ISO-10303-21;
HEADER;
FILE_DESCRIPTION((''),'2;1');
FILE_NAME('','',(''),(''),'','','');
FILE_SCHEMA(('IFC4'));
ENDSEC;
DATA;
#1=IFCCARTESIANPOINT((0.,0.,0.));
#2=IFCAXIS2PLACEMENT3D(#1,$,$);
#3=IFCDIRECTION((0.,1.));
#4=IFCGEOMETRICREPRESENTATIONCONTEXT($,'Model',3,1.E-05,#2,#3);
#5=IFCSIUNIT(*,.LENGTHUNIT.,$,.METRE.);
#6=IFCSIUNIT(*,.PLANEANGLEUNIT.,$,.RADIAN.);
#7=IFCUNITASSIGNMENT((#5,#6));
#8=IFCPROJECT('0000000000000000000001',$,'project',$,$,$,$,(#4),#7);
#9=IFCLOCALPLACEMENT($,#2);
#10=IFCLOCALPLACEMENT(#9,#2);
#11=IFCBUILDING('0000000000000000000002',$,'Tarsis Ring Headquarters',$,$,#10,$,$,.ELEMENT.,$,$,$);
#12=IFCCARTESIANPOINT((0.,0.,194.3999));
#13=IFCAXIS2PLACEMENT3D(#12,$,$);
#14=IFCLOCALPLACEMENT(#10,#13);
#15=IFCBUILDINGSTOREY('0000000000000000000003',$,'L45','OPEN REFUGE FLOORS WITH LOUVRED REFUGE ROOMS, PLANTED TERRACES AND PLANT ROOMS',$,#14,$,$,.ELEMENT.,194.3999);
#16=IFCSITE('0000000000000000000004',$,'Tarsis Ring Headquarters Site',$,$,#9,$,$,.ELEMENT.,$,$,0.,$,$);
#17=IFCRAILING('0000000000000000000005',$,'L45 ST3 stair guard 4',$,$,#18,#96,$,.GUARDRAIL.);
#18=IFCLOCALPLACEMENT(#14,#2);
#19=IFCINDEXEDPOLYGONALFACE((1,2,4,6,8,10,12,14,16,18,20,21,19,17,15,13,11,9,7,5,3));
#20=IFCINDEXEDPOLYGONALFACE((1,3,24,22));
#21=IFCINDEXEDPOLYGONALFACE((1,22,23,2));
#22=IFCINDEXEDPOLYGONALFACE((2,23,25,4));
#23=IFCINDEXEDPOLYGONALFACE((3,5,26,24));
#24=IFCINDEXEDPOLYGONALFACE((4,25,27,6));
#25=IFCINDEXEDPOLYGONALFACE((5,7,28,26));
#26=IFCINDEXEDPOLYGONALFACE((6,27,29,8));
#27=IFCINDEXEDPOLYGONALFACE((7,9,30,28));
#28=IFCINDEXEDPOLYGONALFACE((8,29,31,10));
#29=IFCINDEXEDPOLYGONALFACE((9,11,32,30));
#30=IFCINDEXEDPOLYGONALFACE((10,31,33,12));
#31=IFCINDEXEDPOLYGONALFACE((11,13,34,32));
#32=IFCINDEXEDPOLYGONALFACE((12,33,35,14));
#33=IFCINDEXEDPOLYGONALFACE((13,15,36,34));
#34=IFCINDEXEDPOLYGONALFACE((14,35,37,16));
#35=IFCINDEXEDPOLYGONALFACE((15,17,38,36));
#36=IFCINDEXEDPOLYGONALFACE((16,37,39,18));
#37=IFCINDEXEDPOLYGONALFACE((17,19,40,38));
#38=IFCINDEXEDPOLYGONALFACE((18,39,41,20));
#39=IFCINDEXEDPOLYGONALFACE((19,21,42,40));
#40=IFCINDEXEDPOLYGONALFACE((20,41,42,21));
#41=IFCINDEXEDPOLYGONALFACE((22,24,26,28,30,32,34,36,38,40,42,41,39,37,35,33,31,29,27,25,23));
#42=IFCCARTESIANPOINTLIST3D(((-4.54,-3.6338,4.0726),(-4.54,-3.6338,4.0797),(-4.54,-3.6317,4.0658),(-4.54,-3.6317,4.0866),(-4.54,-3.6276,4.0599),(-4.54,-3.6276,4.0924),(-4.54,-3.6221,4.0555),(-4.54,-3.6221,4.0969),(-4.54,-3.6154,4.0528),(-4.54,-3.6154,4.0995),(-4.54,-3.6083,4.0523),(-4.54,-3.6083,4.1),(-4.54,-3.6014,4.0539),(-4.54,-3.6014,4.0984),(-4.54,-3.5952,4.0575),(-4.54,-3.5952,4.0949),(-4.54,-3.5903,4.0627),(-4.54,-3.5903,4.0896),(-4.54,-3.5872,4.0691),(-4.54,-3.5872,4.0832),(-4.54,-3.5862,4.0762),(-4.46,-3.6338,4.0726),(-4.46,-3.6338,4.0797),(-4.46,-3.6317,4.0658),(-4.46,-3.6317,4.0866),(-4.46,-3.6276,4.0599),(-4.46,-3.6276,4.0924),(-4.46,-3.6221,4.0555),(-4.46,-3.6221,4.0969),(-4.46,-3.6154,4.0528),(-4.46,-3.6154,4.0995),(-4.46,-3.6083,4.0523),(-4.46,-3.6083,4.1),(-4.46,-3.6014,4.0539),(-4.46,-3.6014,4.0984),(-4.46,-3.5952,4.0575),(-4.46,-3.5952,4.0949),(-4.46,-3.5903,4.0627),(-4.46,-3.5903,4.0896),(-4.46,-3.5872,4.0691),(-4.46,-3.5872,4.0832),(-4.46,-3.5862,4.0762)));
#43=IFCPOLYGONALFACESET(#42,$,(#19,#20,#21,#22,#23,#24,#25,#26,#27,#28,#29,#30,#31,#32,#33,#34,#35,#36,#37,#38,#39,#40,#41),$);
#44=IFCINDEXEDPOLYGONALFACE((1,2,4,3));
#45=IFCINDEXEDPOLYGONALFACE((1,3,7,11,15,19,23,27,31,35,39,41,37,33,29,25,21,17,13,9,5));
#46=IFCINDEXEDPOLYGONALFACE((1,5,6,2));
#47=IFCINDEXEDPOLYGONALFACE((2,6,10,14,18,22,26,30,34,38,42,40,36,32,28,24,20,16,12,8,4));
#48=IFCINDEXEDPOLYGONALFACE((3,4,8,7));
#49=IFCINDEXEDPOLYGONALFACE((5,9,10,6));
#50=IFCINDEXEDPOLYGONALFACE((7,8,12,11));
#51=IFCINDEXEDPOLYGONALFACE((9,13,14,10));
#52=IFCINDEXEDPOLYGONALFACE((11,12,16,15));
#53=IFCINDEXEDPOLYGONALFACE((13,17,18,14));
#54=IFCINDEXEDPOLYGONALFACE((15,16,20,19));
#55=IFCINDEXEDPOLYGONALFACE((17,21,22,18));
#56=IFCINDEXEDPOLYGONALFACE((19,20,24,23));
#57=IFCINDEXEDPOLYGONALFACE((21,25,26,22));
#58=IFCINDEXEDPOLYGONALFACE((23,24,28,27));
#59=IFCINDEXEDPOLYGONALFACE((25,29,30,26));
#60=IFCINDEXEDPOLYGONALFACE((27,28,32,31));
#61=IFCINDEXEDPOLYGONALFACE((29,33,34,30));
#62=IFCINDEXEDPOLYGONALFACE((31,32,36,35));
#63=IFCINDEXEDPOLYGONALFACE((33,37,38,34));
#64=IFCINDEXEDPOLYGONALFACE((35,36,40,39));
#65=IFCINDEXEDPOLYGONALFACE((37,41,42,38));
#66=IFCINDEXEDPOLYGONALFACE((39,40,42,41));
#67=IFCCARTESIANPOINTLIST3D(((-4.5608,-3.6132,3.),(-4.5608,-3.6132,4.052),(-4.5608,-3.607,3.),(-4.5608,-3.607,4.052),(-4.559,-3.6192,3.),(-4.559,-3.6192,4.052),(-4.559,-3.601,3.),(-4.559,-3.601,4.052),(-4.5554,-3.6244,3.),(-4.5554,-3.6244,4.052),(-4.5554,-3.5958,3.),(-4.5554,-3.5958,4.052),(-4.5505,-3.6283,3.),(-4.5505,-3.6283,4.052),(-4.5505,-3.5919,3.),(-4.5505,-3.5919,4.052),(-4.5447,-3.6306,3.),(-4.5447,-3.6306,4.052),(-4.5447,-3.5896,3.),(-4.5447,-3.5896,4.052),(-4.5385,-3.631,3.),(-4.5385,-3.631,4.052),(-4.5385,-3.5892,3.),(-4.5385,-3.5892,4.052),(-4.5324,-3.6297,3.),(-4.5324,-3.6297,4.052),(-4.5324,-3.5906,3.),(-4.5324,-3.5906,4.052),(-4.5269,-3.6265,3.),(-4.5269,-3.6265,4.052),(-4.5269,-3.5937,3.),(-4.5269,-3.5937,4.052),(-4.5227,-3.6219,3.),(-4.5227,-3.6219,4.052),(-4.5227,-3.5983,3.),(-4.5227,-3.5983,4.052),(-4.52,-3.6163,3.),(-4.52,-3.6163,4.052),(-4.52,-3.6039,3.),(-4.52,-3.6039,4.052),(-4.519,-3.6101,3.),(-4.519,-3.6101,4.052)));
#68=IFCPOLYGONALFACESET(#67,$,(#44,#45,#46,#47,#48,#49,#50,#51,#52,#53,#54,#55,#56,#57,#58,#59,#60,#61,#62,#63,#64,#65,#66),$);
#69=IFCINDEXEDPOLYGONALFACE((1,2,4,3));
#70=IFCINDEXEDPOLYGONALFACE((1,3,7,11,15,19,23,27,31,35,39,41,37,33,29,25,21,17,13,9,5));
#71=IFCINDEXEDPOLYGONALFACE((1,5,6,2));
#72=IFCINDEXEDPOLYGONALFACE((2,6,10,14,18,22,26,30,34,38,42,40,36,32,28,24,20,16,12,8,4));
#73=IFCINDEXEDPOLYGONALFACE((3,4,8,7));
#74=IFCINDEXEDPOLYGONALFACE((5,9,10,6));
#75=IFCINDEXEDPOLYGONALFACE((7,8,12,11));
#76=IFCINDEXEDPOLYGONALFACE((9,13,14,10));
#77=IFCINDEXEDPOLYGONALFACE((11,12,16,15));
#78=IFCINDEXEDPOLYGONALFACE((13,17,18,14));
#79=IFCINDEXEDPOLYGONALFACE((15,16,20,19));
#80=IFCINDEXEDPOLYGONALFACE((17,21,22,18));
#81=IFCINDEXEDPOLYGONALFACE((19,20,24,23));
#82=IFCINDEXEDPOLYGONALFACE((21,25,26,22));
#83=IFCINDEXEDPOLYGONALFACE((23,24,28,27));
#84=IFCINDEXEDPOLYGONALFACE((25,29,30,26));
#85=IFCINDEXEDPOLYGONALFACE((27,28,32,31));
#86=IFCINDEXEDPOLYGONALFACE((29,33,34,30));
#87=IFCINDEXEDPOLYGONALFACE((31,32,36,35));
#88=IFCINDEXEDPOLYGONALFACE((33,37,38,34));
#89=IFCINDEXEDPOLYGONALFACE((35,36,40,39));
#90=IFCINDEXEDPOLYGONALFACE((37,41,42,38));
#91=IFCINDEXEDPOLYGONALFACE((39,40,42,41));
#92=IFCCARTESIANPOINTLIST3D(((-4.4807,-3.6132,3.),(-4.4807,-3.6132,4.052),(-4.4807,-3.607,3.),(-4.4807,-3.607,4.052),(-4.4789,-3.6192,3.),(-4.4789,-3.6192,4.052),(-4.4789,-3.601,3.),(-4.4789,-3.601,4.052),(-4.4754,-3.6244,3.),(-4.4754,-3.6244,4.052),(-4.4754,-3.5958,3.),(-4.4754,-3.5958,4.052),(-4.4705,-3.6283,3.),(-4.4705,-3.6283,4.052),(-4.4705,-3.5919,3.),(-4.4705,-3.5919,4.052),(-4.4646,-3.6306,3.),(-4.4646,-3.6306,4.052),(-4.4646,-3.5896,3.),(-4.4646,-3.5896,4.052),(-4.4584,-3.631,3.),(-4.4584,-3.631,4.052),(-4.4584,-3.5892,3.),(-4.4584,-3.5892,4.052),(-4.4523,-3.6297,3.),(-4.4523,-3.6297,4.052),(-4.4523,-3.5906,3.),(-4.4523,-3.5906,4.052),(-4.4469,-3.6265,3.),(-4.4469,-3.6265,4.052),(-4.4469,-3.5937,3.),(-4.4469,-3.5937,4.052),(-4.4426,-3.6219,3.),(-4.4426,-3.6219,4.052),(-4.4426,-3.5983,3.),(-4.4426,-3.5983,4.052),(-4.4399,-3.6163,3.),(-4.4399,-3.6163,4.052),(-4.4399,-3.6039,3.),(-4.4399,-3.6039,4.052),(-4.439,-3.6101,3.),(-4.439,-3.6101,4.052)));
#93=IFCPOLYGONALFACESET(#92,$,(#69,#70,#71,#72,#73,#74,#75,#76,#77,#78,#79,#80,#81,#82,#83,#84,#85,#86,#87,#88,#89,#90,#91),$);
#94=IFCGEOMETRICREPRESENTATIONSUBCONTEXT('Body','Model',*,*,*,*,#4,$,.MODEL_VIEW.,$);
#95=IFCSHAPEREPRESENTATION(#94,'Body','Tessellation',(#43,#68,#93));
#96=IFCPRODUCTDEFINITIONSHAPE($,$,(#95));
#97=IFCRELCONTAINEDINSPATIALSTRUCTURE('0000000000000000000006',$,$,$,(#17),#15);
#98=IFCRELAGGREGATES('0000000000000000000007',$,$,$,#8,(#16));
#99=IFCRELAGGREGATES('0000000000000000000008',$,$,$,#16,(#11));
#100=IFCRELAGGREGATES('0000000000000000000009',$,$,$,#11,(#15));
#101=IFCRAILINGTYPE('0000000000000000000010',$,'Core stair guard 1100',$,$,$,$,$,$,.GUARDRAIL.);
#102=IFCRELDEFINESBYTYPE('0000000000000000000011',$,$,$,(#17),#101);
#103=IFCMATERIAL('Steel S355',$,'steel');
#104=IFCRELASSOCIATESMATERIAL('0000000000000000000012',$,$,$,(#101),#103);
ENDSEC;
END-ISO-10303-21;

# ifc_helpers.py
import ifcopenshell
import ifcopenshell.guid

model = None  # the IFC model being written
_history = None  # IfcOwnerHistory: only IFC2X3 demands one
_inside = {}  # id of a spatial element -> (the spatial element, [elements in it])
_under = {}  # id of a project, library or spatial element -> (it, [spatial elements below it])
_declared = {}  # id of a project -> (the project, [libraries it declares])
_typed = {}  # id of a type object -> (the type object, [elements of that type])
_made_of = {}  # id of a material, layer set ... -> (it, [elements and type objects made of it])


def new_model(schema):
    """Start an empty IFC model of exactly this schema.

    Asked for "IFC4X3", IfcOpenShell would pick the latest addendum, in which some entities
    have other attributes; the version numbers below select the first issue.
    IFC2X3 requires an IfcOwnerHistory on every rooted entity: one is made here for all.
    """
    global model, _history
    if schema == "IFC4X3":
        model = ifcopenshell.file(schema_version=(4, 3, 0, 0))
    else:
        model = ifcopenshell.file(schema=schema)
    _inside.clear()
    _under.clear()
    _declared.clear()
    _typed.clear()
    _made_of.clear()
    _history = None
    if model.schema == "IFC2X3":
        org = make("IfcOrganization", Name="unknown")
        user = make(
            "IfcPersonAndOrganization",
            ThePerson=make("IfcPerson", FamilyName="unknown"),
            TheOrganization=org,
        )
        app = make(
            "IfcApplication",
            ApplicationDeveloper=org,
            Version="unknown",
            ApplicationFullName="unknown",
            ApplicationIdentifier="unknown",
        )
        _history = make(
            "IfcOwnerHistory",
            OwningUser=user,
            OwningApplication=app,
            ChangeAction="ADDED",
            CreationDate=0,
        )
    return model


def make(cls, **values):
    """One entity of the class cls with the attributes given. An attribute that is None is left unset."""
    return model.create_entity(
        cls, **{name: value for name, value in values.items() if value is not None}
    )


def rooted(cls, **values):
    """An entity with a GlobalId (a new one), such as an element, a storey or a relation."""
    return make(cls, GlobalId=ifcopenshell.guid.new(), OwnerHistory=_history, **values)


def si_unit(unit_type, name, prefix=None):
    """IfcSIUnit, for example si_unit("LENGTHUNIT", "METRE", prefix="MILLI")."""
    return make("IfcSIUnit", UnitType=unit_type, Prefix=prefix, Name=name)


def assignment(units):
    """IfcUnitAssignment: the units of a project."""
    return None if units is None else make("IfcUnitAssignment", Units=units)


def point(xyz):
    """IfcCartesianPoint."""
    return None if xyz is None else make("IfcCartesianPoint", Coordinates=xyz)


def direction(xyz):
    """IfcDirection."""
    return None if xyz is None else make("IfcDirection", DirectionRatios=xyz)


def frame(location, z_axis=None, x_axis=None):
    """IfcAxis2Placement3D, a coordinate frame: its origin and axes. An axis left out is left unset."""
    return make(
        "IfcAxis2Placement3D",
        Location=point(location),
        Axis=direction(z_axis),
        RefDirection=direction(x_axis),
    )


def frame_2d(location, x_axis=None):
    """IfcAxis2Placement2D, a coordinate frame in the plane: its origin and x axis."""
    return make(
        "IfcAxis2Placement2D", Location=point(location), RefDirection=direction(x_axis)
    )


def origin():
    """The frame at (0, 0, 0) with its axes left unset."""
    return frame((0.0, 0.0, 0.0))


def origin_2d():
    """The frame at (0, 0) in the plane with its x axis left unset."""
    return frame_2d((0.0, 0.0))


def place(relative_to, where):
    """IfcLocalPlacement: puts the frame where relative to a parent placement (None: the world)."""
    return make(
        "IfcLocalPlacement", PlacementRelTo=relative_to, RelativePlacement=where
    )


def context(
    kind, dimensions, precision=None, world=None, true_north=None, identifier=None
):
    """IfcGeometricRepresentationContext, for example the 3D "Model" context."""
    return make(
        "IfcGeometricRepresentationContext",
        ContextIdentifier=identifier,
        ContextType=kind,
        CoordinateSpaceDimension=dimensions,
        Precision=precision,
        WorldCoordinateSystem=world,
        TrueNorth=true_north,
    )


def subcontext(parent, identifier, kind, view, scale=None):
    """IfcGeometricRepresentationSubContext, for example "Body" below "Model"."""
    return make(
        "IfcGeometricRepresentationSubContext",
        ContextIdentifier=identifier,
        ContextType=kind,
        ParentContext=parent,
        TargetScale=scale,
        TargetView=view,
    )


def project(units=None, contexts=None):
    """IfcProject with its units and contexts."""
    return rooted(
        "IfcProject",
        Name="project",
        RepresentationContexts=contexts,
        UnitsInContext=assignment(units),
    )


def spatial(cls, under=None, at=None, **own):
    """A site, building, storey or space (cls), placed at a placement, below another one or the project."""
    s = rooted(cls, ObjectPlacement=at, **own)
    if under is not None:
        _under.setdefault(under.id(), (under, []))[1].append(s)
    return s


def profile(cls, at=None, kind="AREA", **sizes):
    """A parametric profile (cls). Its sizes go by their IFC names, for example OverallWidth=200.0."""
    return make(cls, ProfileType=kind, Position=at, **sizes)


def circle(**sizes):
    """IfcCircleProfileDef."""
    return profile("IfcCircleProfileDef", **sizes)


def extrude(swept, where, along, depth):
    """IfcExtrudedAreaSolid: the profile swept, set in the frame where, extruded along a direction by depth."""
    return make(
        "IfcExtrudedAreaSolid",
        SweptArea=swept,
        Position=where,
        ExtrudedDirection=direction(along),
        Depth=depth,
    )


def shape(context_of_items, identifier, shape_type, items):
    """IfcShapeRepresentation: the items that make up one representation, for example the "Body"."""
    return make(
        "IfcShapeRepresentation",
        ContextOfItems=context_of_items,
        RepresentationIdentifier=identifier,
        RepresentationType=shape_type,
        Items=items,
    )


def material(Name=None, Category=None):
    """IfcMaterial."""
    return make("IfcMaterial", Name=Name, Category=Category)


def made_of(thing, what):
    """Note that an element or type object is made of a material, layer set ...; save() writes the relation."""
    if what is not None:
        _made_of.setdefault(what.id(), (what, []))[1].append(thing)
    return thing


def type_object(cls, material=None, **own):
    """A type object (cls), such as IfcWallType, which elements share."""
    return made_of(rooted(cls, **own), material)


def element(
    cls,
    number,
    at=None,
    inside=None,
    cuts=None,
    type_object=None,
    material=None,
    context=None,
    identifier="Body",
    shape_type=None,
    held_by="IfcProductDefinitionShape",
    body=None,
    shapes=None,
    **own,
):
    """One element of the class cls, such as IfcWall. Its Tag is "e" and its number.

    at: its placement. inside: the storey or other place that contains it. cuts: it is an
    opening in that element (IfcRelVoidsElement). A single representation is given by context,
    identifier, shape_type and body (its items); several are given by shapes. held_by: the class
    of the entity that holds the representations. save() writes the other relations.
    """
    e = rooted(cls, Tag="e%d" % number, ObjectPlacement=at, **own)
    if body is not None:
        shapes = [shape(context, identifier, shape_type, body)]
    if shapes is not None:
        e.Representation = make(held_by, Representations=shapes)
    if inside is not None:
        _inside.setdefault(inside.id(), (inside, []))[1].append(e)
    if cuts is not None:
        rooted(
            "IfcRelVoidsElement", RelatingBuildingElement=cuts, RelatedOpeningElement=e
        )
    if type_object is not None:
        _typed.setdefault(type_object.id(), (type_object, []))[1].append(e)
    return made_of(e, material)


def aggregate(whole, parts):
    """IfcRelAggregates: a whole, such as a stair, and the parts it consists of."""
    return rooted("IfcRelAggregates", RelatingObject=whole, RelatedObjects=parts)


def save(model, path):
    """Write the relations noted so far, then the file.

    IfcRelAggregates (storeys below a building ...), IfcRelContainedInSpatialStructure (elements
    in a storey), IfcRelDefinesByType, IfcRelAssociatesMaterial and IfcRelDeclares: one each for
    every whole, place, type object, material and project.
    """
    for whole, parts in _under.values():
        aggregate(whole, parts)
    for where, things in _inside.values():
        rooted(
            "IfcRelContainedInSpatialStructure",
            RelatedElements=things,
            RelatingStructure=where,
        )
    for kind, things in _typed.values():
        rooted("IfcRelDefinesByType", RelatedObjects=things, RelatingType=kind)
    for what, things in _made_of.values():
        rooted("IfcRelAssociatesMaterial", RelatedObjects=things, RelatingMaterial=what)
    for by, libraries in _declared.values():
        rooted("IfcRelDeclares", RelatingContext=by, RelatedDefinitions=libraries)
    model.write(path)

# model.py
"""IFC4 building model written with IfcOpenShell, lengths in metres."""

from ifc_helpers import new_model, si_unit, direction, frame, origin, origin_2d, place, context, subcontext, project, spatial, circle, extrude, material, type_object, element, save


model = new_model("IFC4")

# Units and contexts
model_context = context("Model", 3, precision=1e-05, world=origin(), true_north=direction((0.0, 1.0)))
body_context = subcontext(model_context, "Body", "Model", "MODEL_VIEW")
ifc_project = project(units=[si_unit("LENGTHUNIT", "METRE"), si_unit("PLANEANGLEUNIT", "RADIAN")], contexts=[model_context])

# Site, building, storey
site_placement = place(None, origin())
site = spatial("IfcSite", under=ifc_project, at=site_placement, Name="Tarsis Ring Headquarters Site", CompositionType="ELEMENT", RefElevation=0.0)
building_placement = place(site_placement, origin())
building = spatial("IfcBuilding", under=site, at=building_placement, Name="Tarsis Ring Headquarters", CompositionType="ELEMENT")
storey_placement = place(building_placement, frame((0.0, 0.0, 194.3999)))
storey = spatial("IfcBuildingStorey", under=building, at=storey_placement, Name="L45", Description="OPEN REFUGE FLOORS WITH LOUVRED REFUGE ROOMS, PLANTED TERRACES AND PLANT ROOMS", CompositionType="ELEMENT", Elevation=194.3999)

# Railing
ifc_material_1 = material(Name="Steel S355", Category="steel")
railing_type_1 = type_object("IfcRailingType", Name="Core stair guard 1100", PredefinedType="GUARDRAIL", material=ifc_material_1)
railing_1_placement = place(storey_placement, frame((-4.54, -3.6101, 3.0)))
element("IfcRailing", 1, at=railing_1_placement, inside=storey, type_object=railing_type_1, Name="L45 ST3 stair guard 4", PredefinedType="GUARDRAIL", context=body_context, shape_type="SweptSolid", body=[
    extrude(circle(Radius=0.0239, at=origin_2d()), frame((0.0, 0.0, 1.0762), z_axis=(1.0, 0.0, 0.0), x_axis=(0.0, 1.0, 0.0)), (0.0, 0.0, 1.0), 0.0801),
    extrude(circle(Radius=0.021, at=origin_2d()), origin(), (0.0, 0.0, 1.0), 1.052),
    extrude(circle(Radius=0.021, at=origin_2d()), frame((0.0801, 0.0, 0.0)), (0.0, 0.0, 1.0), 1.052),
])

save(model, "model.ifc")
